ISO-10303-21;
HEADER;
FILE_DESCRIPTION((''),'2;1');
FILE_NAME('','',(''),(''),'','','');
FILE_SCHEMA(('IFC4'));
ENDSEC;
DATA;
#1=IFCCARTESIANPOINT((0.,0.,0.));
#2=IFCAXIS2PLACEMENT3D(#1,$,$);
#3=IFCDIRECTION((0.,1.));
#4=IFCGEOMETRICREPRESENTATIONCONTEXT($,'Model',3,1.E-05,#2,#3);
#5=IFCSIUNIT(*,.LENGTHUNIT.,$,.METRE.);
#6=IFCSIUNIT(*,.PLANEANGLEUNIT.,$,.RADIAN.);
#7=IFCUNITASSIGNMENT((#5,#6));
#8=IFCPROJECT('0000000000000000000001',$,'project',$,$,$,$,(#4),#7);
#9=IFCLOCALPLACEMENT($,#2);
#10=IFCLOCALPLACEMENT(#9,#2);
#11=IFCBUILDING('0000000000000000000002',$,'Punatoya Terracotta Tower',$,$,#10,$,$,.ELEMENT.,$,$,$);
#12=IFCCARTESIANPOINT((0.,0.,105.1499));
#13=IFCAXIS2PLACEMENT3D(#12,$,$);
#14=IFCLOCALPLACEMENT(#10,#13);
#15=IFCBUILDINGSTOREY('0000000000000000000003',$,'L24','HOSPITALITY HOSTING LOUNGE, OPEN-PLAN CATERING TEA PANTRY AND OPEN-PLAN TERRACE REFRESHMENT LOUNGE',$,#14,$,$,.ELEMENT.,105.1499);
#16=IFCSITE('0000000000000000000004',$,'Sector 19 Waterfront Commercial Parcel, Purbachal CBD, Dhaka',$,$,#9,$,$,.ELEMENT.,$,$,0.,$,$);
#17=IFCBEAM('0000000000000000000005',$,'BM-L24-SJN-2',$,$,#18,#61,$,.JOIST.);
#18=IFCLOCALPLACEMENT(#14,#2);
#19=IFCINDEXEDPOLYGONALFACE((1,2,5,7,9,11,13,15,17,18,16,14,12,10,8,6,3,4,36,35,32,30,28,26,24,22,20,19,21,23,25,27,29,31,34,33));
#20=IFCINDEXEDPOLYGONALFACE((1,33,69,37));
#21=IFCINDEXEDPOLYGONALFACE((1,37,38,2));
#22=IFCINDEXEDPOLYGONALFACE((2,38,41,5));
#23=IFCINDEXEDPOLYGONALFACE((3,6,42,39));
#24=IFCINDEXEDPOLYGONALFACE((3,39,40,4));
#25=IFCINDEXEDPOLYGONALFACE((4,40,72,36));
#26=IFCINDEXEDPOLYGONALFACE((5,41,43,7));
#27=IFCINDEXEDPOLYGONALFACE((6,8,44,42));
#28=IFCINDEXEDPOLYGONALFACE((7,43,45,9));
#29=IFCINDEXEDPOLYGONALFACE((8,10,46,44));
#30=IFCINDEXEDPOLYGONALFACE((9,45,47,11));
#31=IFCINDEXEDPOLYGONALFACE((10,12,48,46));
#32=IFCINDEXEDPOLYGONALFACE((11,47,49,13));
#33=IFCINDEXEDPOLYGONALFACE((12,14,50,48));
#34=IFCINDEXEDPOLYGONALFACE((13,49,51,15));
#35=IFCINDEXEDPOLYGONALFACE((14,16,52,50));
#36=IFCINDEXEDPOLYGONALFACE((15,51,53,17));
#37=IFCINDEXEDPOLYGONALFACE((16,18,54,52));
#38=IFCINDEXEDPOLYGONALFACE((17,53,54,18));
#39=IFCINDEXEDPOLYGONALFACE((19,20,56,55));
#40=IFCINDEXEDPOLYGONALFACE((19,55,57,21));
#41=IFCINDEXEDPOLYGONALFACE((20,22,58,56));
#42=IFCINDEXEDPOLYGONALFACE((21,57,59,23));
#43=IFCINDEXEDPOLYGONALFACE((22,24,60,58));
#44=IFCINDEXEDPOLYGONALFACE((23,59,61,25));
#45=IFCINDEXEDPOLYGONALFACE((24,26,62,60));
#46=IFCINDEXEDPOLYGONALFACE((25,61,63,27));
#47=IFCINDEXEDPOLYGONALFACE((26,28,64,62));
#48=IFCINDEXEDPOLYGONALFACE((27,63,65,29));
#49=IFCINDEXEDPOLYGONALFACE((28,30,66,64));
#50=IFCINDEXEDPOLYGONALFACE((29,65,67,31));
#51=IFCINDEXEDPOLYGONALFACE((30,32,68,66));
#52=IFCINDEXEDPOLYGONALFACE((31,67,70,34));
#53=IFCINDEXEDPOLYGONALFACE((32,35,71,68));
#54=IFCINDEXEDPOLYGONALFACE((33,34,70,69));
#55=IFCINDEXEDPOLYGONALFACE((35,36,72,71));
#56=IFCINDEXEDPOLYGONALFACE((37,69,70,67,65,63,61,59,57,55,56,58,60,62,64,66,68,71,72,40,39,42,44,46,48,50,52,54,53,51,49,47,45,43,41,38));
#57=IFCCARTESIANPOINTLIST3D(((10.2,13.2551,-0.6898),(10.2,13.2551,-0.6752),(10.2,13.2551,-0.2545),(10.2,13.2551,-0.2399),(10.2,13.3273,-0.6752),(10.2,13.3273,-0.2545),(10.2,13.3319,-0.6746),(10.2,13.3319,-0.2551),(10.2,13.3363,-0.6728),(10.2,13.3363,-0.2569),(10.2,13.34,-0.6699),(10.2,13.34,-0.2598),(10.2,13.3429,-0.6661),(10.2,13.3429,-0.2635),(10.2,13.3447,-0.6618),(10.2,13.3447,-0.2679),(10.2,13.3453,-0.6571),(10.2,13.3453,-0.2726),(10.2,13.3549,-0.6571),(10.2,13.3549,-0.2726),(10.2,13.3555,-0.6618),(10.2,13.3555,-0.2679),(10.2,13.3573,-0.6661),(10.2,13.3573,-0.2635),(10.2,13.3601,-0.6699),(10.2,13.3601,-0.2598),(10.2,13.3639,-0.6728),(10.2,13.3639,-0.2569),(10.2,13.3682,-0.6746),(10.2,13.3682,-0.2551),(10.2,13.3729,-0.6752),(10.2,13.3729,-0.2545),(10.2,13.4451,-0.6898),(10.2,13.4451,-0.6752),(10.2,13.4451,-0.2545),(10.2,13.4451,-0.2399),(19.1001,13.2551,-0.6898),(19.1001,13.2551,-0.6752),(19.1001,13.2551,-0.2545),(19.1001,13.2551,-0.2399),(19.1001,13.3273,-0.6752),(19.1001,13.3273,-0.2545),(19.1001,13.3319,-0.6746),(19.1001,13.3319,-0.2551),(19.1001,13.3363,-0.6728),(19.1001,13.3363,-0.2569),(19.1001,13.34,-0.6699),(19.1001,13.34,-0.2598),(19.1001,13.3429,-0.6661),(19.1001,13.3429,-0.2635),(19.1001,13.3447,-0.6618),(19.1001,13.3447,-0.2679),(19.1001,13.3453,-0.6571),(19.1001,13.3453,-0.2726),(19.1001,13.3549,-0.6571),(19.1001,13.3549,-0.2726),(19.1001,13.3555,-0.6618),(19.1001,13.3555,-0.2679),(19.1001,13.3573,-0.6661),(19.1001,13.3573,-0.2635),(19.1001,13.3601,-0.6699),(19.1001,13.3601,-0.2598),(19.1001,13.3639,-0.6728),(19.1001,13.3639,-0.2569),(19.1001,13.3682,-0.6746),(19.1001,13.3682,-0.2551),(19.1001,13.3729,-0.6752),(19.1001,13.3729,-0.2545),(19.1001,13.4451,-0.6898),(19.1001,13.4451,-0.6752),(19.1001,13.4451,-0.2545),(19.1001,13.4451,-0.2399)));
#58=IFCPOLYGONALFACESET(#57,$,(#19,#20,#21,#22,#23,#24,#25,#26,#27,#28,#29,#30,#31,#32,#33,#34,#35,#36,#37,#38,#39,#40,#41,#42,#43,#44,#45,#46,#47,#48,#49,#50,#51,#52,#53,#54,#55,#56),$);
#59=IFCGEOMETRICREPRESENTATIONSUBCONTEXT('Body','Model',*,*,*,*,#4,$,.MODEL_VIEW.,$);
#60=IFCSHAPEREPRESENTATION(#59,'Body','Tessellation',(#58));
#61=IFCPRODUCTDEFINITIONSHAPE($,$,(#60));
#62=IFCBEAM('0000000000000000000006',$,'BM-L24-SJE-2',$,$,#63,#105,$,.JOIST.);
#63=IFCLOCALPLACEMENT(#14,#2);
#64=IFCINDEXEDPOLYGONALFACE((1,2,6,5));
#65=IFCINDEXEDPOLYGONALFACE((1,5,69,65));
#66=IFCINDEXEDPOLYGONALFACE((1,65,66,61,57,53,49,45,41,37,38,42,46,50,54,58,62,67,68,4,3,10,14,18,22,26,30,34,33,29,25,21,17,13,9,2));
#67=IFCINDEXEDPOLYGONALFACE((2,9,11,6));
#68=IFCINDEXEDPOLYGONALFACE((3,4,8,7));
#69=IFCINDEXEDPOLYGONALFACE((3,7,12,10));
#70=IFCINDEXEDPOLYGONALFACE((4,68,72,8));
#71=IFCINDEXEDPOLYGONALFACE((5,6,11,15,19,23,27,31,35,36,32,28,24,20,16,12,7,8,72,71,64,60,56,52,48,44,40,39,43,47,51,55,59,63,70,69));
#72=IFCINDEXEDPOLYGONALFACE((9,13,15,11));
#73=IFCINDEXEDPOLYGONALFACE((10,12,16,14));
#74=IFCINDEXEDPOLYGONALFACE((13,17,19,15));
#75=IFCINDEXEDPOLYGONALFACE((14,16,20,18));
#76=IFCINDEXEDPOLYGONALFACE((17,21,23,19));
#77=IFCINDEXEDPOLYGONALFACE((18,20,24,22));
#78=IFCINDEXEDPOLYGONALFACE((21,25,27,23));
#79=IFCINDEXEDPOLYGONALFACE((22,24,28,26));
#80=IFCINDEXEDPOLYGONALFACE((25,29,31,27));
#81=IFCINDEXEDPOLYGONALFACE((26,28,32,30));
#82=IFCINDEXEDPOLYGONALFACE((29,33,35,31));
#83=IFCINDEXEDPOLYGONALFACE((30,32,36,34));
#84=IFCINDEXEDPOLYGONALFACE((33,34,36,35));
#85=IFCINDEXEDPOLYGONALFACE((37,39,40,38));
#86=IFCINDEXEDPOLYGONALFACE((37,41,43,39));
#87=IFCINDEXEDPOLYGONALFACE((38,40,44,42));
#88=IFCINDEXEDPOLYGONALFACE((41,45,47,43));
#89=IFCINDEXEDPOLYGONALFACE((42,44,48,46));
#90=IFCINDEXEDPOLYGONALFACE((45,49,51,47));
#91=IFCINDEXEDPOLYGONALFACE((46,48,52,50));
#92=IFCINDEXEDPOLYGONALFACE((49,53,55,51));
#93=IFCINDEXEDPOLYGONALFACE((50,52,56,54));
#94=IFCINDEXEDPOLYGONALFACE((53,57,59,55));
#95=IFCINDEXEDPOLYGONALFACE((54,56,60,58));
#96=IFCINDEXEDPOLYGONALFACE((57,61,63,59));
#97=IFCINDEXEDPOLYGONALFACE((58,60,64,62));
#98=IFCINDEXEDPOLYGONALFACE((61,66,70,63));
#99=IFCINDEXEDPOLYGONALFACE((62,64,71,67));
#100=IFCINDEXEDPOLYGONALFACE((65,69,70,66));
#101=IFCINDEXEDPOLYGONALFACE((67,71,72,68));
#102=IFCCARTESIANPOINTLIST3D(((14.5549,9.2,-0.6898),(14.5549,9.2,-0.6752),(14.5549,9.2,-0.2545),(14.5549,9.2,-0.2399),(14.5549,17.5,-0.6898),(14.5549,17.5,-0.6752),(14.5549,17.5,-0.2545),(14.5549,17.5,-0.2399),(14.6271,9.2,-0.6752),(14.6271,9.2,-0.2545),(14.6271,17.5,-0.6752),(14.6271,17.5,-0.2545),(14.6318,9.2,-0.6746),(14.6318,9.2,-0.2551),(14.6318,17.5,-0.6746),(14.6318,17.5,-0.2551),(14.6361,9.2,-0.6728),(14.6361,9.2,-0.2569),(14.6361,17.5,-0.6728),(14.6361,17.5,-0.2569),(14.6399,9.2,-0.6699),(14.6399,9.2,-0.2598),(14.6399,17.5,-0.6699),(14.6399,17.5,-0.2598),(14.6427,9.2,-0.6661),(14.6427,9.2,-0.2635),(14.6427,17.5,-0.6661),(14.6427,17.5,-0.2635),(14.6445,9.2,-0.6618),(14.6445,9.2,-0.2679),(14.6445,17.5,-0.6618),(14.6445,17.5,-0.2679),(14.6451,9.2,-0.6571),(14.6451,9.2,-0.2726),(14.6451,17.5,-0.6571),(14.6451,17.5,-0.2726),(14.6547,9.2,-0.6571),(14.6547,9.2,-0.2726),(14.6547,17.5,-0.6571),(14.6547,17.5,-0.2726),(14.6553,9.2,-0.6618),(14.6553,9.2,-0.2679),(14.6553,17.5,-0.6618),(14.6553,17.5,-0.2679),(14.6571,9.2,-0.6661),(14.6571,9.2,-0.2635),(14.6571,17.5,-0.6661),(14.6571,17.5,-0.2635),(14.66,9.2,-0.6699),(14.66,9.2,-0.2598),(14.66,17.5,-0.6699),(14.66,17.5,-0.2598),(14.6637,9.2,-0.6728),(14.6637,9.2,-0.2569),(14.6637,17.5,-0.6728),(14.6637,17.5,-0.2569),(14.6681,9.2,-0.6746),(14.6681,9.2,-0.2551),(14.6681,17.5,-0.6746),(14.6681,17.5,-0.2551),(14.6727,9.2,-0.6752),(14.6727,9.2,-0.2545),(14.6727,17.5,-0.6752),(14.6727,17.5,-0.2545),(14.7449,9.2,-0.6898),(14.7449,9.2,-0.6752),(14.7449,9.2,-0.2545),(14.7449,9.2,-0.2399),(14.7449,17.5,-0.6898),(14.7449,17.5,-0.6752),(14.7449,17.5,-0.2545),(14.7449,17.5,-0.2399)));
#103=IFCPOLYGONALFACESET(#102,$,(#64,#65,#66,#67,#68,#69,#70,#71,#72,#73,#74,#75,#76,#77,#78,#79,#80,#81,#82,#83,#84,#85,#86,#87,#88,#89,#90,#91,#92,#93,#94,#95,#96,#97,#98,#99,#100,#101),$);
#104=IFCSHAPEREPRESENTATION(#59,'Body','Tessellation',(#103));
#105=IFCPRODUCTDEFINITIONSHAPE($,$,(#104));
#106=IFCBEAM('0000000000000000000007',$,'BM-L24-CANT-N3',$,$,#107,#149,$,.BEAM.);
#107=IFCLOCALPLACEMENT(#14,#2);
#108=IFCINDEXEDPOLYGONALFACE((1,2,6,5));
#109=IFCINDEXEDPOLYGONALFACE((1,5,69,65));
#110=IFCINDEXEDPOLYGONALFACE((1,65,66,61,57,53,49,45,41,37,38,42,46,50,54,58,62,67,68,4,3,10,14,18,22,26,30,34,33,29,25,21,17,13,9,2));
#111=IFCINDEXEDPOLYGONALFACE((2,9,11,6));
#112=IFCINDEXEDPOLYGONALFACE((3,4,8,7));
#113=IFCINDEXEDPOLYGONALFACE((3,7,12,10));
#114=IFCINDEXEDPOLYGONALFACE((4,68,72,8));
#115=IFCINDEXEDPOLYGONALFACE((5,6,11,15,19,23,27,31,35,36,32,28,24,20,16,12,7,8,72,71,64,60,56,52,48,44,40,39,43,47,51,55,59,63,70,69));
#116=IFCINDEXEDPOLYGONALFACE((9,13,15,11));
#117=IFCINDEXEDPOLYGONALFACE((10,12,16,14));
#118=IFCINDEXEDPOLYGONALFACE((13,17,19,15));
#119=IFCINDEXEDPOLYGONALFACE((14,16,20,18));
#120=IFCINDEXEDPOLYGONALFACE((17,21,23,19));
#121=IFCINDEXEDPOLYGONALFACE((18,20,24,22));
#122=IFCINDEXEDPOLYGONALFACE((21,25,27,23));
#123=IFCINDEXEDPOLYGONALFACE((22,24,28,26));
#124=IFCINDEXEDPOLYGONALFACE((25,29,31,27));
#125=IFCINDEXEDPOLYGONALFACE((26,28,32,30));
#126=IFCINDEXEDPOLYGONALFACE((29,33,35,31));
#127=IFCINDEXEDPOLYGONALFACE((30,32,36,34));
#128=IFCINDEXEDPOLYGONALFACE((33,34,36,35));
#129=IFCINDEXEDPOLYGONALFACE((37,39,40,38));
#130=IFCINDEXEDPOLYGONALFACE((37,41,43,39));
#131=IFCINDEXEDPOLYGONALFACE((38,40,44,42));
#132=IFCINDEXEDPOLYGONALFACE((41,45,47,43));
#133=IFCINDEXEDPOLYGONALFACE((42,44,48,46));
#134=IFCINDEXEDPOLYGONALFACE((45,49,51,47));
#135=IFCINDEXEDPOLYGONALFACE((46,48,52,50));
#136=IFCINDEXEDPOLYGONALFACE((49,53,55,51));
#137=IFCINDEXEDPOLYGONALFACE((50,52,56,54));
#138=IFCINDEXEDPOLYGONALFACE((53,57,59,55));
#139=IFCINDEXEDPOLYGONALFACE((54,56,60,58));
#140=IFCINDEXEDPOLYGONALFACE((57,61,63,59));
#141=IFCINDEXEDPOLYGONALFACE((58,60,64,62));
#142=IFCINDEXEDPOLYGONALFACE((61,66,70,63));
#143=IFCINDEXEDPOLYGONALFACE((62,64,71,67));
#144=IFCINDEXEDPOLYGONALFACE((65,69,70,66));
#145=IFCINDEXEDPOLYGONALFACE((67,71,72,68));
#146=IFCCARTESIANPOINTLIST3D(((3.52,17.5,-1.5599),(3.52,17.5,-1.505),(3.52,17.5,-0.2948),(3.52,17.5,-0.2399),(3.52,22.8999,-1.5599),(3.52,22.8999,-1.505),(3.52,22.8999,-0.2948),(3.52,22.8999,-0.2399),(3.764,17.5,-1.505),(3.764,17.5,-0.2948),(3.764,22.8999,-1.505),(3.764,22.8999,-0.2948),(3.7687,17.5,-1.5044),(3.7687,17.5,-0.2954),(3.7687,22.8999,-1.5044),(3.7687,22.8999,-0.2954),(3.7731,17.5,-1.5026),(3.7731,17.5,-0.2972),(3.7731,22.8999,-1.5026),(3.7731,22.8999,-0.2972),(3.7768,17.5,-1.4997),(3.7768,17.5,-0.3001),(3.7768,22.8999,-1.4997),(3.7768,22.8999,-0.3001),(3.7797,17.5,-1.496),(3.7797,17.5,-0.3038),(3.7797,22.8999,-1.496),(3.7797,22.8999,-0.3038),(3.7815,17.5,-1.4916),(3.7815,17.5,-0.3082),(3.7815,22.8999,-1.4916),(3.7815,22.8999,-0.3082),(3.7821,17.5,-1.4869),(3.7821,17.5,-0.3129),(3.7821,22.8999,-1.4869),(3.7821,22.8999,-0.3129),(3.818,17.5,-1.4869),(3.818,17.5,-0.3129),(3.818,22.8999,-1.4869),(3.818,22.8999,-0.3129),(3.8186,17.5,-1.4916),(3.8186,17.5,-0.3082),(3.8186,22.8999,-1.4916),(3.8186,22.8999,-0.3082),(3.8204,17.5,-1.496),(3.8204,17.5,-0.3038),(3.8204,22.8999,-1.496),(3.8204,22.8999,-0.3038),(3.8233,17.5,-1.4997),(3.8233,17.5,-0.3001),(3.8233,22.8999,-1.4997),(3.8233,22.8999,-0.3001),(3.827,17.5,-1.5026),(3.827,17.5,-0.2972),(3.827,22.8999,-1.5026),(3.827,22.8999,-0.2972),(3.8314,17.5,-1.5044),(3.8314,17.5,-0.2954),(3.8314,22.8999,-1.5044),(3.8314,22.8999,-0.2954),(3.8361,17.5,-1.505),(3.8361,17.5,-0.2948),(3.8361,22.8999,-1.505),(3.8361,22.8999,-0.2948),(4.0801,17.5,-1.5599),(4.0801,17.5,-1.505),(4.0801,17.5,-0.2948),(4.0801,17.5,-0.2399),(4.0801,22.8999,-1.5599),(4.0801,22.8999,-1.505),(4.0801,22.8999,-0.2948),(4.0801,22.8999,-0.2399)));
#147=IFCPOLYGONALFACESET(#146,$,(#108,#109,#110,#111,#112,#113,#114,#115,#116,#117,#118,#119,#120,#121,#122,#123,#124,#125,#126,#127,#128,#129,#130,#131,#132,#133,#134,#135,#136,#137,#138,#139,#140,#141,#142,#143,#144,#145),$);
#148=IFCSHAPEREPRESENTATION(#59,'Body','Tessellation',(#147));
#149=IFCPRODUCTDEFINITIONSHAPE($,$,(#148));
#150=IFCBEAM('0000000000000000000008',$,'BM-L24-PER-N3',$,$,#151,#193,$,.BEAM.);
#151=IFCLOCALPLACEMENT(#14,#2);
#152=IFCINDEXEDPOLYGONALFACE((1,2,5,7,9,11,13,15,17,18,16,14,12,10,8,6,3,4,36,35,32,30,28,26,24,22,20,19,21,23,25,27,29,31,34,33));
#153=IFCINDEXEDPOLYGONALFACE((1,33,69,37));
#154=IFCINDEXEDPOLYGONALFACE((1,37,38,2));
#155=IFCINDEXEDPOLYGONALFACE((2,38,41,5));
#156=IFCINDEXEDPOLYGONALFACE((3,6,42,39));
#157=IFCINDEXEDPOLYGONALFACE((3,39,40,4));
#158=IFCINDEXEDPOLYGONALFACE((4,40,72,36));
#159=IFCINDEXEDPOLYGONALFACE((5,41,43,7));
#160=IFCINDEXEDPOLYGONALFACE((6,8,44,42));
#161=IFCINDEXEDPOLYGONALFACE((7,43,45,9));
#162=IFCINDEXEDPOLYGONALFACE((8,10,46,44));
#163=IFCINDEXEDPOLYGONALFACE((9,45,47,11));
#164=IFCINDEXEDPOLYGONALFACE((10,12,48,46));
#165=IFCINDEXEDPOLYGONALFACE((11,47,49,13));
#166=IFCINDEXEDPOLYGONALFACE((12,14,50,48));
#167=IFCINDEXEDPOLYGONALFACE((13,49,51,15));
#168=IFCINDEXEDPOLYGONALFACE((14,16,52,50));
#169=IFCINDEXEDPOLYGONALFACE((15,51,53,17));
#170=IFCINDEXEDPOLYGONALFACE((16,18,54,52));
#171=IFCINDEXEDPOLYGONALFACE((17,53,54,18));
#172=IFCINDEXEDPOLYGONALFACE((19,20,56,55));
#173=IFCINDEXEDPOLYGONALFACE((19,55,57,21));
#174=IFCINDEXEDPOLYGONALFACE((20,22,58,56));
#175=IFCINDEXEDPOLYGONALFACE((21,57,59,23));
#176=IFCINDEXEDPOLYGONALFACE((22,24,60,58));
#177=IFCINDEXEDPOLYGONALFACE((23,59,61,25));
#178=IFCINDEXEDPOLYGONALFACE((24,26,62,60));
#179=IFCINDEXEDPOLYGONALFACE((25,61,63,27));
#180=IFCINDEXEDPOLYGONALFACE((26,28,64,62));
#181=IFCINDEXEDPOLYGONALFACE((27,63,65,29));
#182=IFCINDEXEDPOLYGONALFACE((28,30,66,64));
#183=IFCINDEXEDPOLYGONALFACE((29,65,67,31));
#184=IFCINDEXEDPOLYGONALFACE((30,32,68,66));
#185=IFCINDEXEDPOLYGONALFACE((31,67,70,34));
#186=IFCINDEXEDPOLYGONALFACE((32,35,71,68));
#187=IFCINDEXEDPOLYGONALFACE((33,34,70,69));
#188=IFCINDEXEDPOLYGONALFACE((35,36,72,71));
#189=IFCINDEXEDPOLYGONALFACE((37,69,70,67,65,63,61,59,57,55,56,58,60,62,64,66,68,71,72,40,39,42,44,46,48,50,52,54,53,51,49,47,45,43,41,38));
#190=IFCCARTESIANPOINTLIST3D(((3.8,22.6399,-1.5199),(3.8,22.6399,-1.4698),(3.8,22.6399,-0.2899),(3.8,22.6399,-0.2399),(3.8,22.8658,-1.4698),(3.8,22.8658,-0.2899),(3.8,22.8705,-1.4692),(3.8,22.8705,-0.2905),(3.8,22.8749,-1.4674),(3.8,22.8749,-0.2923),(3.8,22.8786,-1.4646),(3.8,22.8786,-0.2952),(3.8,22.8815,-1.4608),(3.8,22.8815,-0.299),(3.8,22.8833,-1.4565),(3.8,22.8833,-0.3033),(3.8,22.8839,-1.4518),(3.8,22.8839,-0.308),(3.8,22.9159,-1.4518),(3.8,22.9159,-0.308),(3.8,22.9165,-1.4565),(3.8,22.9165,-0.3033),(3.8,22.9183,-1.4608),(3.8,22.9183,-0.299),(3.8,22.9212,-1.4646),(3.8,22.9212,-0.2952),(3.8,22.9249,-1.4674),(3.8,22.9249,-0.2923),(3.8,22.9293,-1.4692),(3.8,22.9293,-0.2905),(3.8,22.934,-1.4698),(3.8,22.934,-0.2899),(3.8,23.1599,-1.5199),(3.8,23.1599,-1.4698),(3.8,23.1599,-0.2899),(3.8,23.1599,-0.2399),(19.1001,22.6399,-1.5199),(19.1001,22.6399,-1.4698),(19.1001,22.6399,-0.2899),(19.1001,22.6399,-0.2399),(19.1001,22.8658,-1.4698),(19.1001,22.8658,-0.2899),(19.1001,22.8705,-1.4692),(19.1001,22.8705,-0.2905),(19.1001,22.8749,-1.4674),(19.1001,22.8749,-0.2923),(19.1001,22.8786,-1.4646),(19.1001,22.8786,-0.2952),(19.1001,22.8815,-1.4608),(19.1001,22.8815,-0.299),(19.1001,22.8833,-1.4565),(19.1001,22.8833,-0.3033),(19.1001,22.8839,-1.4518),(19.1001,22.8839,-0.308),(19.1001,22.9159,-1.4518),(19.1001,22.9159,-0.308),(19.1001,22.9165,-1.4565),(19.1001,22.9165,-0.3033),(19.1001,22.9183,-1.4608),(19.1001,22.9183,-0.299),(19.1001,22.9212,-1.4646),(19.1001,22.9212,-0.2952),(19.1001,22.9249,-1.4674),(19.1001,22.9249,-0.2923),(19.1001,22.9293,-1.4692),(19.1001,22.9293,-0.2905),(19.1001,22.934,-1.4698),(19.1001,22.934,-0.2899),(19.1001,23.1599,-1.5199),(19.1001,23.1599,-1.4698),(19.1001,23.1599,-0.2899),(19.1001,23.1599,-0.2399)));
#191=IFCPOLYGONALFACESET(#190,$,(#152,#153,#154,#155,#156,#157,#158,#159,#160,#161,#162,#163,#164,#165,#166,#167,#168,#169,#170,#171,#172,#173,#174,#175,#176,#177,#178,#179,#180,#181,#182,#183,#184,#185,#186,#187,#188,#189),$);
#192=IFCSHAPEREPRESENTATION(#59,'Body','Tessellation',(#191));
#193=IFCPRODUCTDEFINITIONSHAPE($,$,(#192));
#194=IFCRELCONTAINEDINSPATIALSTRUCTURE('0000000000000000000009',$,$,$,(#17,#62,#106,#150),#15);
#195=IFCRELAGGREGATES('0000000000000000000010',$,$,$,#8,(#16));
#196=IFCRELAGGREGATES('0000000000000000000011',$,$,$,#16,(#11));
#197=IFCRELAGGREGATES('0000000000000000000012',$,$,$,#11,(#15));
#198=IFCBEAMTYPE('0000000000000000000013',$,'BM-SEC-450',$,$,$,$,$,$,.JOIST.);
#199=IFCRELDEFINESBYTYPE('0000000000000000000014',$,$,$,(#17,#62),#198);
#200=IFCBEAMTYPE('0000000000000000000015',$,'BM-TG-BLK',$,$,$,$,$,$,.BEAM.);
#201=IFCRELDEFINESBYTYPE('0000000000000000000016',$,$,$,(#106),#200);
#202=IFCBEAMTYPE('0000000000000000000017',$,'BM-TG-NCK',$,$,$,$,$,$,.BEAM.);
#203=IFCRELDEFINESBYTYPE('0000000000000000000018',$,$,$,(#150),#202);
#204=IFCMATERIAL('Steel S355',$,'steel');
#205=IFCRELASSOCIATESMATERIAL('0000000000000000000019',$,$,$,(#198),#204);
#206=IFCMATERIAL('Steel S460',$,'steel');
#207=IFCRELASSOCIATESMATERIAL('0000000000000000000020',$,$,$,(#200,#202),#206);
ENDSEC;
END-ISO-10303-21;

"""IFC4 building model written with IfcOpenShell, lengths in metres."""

from ifc_helpers import new_model, si_unit, direction, frame, origin, origin_2d, place, context, subcontext, project, spatial, i_section, extrude, material, material_profile, profile_set, type_object, element, save


model = new_model("IFC4")

# Units and contexts
model_context = context("Model", 3, precision=1e-05, world=origin(), true_north=direction((0.0, 1.0)))
body_context = subcontext(model_context, "Body", "Model", "MODEL_VIEW")
ifc_project = project(units=[si_unit("LENGTHUNIT", "METRE"), si_unit("PLANEANGLEUNIT", "RADIAN")], contexts=[model_context])

# Site, building, storey
site_placement = place(None, origin())
site = spatial("IfcSite", under=ifc_project, at=site_placement, Name="Sector 19 Waterfront Commercial Parcel, Purbachal CBD, Dhaka", CompositionType="ELEMENT", RefElevation=0.0)
building_placement = place(site_placement, origin())
building = spatial("IfcBuilding", under=site, at=building_placement, Name="Punatoya Terracotta Tower", CompositionType="ELEMENT")
storey_placement = place(building_placement, frame((0.0, 0.0, 105.1499)))
storey = spatial("IfcBuildingStorey", under=building, at=storey_placement, Name="L24", Description="HOSPITALITY HOSTING LOUNGE, OPEN-PLAN CATERING TEA PANTRY AND OPEN-PLAN TERRACE REFRESHMENT LOUNGE", CompositionType="ELEMENT", Elevation=105.1499)

# Shared definitions
ifc_material_1 = material(Name="Steel S460", Category="steel")

# Beams
ifc_material_2 = material(Name="Steel S355", Category="steel")
ifc_material_profile_1 = material_profile(ifc_material_2, i_section(OverallWidth=0.1899, OverallDepth=0.45, WebThickness=0.0095, FlangeThickness=0.0146, FilletRadius=0.0181, at=origin_2d()))
ifc_profile_set_1 = profile_set([ifc_material_profile_1], Name="Steel S355")
beam_type_1 = type_object("IfcBeamType", Name="BM-SEC-450", PredefinedType="JOIST", material=ifc_profile_set_1)
beam_1_placement = place(storey_placement, frame((10.2, 13.3501, -0.4648), z_axis=(1.0, 0.0, 0.0), x_axis=(0.0, 1.0, 0.0)))
element("IfcBeam", 1, at=beam_1_placement, inside=storey, type_object=beam_type_1, Name="BM-L24-SJN-2", PredefinedType="JOIST", context=body_context, shape_type="SweptSolid", body=[
    extrude(i_section(OverallWidth=0.1899, OverallDepth=0.45, WebThickness=0.0095, FlangeThickness=0.0146, FilletRadius=0.0181, at=origin_2d()), origin(), (0.0, 0.0, 1.0), 8.9001),
])
beam_2_placement = place(storey_placement, frame((14.6499, 9.2, -0.4648), z_axis=(0.0, 1.0, 0.0), x_axis=(-1.0, 0.0, 0.0)))
element("IfcBeam", 2, at=beam_2_placement, inside=storey, type_object=beam_type_1, Name="BM-L24-SJE-2", PredefinedType="JOIST", context=body_context, shape_type="SweptSolid", body=[
    extrude(i_section(OverallWidth=0.1899, OverallDepth=0.45, WebThickness=0.0095, FlangeThickness=0.0146, FilletRadius=0.0181, at=origin_2d()), origin(), (0.0, 0.0, 1.0), 8.3),
])
ifc_material_profile_2 = material_profile(ifc_material_1, i_section(OverallWidth=0.5601, OverallDepth=1.3201, WebThickness=0.0359, FlangeThickness=0.0549, FilletRadius=0.0181, at=origin_2d()))
ifc_profile_set_2 = profile_set([ifc_material_profile_2], Name="Steel S460")
beam_type_2 = type_object("IfcBeamType", Name="BM-TG-BLK", PredefinedType="BEAM", material=ifc_profile_set_2)
beam_3_placement = place(storey_placement, frame((3.8, 17.5, -0.8999), z_axis=(0.0, 1.0, 0.0), x_axis=(-1.0, 0.0, 0.0)))
element("IfcBeam", 3, at=beam_3_placement, inside=storey, type_object=beam_type_2, Name="BM-L24-CANT-N3", PredefinedType="BEAM", context=body_context, shape_type="SweptSolid", body=[
    extrude(i_section(OverallWidth=0.5601, OverallDepth=1.3201, WebThickness=0.0359, FlangeThickness=0.0549, FilletRadius=0.0181, at=origin_2d()), origin(), (0.0, 0.0, 1.0), 5.3999),
])
ifc_material_profile_3 = material_profile(ifc_material_1, i_section(OverallWidth=0.52, OverallDepth=1.28, WebThickness=0.032, FlangeThickness=0.05, FilletRadius=0.0181, at=origin_2d()))
ifc_profile_set_3 = profile_set([ifc_material_profile_3], Name="Steel S460")
beam_type_3 = type_object("IfcBeamType", Name="BM-TG-NCK", PredefinedType="BEAM", material=ifc_profile_set_3)
beam_4_placement = place(storey_placement, frame((3.8, 22.8999, -0.8799), z_axis=(1.0, 0.0, 0.0), x_axis=(0.0, 1.0, 0.0)))
element("IfcBeam", 4, at=beam_4_placement, inside=storey, type_object=beam_type_3, Name="BM-L24-PER-N3", PredefinedType="BEAM", context=body_context, shape_type="SweptSolid", body=[
    extrude(i_section(OverallWidth=0.52, OverallDepth=1.28, WebThickness=0.032, FlangeThickness=0.05, FilletRadius=0.0181, at=origin_2d()), origin(), (0.0, 0.0, 1.0), 15.3),
])

save(model, "model.ifc")
